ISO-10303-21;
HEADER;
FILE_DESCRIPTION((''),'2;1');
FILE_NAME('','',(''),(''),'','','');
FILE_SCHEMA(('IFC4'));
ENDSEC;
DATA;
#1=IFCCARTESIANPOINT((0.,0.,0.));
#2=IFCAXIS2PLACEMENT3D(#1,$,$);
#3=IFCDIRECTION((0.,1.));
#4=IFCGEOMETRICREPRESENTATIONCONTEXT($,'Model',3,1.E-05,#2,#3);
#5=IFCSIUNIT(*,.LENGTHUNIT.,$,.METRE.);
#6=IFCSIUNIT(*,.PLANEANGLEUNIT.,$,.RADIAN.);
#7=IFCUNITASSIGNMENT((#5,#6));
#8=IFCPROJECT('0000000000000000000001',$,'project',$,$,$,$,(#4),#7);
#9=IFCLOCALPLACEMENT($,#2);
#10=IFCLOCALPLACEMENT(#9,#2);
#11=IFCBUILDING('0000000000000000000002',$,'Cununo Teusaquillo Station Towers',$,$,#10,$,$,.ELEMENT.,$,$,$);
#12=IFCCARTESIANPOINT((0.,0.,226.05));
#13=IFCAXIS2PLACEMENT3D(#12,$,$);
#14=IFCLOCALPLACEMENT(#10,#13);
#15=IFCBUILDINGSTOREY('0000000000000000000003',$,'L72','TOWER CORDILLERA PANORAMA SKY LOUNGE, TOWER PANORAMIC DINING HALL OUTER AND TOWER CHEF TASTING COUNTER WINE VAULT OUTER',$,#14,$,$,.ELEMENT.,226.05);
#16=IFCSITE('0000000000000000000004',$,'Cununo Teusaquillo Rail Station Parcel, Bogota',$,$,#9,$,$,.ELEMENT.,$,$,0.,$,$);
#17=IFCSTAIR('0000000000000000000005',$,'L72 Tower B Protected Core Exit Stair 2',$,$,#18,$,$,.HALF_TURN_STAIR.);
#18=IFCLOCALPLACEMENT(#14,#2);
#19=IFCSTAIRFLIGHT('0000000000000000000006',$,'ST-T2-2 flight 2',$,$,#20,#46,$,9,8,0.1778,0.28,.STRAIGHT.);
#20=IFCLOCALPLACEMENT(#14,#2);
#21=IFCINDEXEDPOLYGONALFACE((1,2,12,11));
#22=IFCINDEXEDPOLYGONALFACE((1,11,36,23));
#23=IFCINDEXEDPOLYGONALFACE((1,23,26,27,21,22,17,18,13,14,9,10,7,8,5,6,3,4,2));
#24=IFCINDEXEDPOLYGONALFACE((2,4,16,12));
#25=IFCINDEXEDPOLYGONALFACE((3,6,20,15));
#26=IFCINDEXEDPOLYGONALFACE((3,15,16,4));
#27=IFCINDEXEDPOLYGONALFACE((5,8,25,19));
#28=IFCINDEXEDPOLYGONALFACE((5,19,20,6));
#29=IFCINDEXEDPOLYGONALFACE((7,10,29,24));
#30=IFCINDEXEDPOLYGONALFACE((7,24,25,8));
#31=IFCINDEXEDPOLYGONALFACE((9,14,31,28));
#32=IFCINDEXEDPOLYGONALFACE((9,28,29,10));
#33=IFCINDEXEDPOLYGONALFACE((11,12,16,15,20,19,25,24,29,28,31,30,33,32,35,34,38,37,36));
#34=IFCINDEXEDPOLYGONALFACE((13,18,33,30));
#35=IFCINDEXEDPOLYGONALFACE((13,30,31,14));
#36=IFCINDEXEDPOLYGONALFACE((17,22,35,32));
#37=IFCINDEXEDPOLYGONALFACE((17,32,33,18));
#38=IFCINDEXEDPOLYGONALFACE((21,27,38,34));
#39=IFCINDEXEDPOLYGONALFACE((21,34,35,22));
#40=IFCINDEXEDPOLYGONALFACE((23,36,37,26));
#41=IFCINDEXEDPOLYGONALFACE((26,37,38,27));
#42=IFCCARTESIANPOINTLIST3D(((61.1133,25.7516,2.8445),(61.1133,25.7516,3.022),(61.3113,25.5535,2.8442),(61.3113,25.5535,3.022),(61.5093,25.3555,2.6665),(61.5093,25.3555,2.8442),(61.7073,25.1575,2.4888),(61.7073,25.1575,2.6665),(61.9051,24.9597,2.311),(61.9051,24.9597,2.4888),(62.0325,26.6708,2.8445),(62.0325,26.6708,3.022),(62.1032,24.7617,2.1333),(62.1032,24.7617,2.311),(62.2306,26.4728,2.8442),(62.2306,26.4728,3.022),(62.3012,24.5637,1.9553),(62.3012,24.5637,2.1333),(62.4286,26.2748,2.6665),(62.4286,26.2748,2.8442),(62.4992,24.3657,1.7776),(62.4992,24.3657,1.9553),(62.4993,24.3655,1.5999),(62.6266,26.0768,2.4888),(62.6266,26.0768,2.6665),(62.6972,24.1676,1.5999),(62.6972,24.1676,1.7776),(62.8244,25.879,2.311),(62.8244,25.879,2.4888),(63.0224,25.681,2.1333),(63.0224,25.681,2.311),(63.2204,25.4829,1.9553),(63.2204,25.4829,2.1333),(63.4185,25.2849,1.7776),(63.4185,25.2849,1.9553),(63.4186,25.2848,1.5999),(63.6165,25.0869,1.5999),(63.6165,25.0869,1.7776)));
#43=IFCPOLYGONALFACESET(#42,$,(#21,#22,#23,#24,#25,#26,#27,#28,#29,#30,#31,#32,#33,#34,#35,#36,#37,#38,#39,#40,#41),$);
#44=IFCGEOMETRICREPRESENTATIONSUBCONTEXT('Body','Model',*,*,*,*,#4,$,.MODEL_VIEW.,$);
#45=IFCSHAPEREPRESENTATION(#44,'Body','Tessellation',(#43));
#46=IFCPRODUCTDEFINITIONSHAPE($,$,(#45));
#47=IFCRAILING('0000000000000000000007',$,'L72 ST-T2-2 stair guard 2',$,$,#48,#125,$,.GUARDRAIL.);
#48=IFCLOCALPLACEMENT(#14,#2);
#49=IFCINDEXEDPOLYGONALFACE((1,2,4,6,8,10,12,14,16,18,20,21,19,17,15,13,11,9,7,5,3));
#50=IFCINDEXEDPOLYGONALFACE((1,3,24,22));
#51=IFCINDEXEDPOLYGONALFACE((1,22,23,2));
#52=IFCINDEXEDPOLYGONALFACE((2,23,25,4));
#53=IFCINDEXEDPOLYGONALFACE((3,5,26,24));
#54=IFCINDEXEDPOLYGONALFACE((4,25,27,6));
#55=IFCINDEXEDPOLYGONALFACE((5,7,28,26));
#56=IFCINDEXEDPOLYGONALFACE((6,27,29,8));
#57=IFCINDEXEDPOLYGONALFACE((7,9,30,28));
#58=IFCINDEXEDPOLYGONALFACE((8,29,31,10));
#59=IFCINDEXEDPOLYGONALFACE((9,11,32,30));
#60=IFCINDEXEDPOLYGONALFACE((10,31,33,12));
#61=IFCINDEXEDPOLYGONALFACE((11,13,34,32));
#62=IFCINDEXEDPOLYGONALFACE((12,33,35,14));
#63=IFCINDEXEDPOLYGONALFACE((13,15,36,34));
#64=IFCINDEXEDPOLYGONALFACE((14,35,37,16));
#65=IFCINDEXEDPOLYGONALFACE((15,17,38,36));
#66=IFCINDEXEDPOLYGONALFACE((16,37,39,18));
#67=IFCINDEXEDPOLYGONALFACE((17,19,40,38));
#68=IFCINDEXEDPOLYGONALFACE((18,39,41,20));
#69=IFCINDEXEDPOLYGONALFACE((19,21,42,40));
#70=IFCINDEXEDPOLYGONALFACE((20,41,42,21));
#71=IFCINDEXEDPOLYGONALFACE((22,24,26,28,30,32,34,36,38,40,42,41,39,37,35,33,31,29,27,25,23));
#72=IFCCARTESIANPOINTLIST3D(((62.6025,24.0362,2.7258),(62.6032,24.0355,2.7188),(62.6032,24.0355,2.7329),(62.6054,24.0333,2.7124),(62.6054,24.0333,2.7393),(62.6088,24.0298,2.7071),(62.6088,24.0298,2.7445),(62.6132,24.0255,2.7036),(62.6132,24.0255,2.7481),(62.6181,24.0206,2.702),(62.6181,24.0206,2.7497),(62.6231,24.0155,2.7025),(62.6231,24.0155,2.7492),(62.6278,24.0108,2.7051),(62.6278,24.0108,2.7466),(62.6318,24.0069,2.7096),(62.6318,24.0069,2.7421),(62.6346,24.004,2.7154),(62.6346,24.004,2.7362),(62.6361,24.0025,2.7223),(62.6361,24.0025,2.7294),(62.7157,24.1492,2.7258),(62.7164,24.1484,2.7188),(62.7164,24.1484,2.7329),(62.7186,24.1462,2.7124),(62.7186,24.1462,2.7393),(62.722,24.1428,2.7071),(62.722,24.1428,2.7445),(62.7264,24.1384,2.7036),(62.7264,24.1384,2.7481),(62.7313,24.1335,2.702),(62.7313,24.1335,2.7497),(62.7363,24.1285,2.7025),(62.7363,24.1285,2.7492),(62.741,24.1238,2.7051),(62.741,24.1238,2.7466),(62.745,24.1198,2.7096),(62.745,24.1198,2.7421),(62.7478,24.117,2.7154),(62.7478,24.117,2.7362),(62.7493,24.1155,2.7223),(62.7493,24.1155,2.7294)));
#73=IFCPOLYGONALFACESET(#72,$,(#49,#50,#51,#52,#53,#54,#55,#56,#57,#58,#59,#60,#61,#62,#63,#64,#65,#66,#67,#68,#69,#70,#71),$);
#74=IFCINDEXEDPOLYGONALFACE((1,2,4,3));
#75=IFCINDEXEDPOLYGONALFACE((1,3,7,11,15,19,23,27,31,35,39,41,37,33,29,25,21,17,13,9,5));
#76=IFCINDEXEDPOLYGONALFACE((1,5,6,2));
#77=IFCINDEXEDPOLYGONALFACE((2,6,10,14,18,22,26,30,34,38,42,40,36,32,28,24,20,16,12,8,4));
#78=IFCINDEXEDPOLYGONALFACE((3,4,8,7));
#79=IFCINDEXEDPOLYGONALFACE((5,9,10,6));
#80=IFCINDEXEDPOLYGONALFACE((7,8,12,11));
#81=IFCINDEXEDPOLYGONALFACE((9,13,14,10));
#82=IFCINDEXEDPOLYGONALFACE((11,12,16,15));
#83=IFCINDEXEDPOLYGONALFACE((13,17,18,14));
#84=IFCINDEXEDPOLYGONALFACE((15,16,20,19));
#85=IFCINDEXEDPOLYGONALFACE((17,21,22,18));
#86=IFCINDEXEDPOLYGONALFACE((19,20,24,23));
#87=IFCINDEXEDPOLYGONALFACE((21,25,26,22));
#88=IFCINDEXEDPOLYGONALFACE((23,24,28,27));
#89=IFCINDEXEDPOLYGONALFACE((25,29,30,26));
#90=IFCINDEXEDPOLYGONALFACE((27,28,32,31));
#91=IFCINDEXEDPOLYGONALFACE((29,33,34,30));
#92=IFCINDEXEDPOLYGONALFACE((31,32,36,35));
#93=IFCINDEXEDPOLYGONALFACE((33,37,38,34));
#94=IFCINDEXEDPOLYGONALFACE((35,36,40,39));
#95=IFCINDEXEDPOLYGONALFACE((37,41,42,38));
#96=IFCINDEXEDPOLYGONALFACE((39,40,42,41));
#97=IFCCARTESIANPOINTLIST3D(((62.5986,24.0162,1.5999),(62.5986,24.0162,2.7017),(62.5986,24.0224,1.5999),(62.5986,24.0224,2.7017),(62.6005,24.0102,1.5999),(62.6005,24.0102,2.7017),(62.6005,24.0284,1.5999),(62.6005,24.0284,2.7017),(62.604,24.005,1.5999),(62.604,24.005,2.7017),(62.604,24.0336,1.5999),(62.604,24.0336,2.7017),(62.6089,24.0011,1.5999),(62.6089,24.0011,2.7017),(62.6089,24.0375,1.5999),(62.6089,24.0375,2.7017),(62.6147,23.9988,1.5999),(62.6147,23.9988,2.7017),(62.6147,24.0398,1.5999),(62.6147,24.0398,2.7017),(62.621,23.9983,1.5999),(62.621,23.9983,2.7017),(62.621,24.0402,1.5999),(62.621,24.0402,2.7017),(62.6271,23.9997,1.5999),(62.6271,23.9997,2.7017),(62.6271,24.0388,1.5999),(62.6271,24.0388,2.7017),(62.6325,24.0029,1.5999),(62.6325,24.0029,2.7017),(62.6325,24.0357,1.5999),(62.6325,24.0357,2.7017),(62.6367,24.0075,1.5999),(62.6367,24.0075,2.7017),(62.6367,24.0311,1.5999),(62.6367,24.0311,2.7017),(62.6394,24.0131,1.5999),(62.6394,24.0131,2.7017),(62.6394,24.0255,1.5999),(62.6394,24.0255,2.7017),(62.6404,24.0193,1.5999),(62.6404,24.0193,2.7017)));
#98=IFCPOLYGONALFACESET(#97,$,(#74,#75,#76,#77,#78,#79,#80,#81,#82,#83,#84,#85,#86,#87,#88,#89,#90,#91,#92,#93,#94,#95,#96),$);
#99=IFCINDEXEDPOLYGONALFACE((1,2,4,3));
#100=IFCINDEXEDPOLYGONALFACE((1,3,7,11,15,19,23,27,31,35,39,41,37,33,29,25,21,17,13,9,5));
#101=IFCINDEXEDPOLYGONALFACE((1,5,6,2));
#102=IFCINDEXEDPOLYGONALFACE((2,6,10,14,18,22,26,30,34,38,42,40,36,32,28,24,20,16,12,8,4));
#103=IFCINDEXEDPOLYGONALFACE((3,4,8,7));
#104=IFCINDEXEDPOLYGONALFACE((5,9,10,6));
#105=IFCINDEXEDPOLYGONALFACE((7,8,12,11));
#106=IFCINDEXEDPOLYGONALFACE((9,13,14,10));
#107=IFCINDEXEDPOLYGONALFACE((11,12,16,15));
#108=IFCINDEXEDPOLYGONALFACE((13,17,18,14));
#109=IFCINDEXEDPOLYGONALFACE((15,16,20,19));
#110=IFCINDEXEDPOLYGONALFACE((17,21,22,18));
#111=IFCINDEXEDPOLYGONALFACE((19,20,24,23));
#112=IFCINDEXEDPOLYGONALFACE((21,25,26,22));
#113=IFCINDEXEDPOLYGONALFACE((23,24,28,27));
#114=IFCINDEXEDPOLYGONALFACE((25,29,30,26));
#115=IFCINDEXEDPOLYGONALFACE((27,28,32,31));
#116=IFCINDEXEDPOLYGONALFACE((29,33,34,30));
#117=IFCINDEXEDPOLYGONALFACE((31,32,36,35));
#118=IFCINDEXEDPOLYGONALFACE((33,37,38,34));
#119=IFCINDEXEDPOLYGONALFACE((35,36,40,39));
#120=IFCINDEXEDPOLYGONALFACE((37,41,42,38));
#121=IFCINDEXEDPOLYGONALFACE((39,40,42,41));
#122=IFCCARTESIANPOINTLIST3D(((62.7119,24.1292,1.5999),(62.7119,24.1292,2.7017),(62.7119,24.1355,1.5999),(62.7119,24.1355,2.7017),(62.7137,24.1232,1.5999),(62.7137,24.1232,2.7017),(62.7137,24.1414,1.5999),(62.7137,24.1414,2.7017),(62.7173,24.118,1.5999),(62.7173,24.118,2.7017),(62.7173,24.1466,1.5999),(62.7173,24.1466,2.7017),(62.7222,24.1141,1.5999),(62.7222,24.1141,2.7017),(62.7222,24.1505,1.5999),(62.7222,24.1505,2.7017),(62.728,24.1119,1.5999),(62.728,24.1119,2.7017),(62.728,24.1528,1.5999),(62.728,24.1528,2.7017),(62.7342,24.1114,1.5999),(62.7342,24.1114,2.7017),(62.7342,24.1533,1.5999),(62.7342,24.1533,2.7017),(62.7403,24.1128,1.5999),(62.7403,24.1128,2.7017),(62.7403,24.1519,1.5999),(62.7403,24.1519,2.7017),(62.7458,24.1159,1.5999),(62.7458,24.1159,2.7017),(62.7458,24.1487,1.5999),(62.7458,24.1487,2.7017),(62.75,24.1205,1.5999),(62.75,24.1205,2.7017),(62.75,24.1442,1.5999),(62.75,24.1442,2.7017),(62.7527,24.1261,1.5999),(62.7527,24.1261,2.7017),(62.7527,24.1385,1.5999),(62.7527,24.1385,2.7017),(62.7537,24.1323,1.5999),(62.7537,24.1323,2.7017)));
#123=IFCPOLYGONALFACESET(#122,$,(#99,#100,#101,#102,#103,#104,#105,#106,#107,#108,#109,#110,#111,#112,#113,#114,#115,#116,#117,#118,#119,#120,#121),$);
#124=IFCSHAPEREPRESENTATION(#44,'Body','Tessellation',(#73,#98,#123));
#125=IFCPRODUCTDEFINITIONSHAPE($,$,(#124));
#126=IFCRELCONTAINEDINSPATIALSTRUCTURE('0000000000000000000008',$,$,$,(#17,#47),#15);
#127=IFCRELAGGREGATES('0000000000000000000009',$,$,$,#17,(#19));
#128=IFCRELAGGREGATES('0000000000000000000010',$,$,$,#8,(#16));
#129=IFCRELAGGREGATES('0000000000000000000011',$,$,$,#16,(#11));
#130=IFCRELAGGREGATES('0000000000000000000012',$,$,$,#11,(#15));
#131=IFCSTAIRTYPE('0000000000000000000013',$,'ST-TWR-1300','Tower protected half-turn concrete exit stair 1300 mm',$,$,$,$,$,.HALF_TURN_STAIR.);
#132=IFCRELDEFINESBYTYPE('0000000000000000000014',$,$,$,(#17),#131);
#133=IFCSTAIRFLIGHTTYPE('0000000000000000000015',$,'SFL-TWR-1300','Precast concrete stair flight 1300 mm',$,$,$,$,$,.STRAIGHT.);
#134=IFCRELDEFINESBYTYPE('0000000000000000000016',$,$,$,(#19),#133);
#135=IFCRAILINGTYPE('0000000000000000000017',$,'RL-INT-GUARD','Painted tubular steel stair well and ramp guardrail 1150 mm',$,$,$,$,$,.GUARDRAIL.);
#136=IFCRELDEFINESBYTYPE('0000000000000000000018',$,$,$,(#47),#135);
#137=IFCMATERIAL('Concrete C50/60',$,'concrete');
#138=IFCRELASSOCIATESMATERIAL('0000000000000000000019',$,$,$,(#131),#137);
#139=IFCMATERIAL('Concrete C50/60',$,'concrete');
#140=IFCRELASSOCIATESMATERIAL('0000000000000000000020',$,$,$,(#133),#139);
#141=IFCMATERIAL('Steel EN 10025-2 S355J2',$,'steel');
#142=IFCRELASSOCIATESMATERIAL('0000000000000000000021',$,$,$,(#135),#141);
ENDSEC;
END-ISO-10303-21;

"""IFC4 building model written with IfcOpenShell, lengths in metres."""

from ifc_helpers import new_model, si_unit, direction, frame, origin, origin_2d, place, context, subcontext, project, spatial, polyline, circle, outline, extrude, material, type_object, element, aggregate, save


model = new_model("IFC4")

# Units and contexts
model_context = context("Model", 3, precision=1e-05, world=origin(), true_north=direction((0.0, 1.0)))
body_context = subcontext(model_context, "Body", "Model", "MODEL_VIEW")
ifc_project = project(units=[si_unit("LENGTHUNIT", "METRE"), si_unit("PLANEANGLEUNIT", "RADIAN")], contexts=[model_context])

# Site, building, storey
site_placement = place(None, origin())
site = spatial("IfcSite", under=ifc_project, at=site_placement, Name="Cununo Teusaquillo Rail Station Parcel, Bogota", CompositionType="ELEMENT", RefElevation=0.0)
building_placement = place(site_placement, origin())
building = spatial("IfcBuilding", under=site, at=building_placement, Name="Cununo Teusaquillo Station Towers", CompositionType="ELEMENT")
storey_placement = place(building_placement, frame((0.0, 0.0, 226.05)))
storey = spatial("IfcBuildingStorey", under=building, at=storey_placement, Name="L72", Description="TOWER CORDILLERA PANORAMA SKY LOUNGE, TOWER PANORAMIC DINING HALL OUTER AND TOWER CHEF TASTING COUNTER WINE VAULT OUTER", CompositionType="ELEMENT", Elevation=226.05)

# Stair, stair flight
ifc_material_1 = material(Name="Concrete C50/60", Category="concrete")
stair_type = type_object("IfcStairType", Name="ST-TWR-1300", Description="Tower protected half-turn concrete exit stair 1300 mm", PredefinedType="HALF_TURN_STAIR", material=ifc_material_1)
stair_placement = place(storey_placement, origin())
stair = element("IfcStair", 1, at=stair_placement, inside=storey, type_object=stair_type, Name="L72 Tower B Protected Core Exit Stair 2", PredefinedType="HALF_TURN_STAIR")
ifc_material_2 = material(Name="Concrete C50/60", Category="concrete")
stair_flight_type = type_object("IfcStairFlightType", Name="SFL-TWR-1300", Description="Precast concrete stair flight 1300 mm", PredefinedType="STRAIGHT", material=ifc_material_2)
stair_flight_placement = place(storey_placement, frame((63.1567, 24.6272, 1.5999), z_axis=(0.0, 0.0, 1.0), x_axis=(-0.707107, 0.707107, 0.0)))
stair_flight = element("IfcStairFlight", 2, at=stair_flight_placement, type_object=stair_flight_type, Name="ST-T2-2 flight 2", NumberOfRisers=9, NumberOfTreads=8, PredefinedType="STRAIGHT", RiserHeight=0.1778, TreadLength=0.28, context=body_context, shape_type="SweptSolid", body=[
    extrude(outline(polyline([(0.0, 0.0), (0.0, 0.1777), (0.28, 0.1777), (0.28, 0.3555), (0.5601, 0.3555), (0.5601, 0.5334), (0.8401, 0.5334), (0.8401, 0.7112), (1.1201, 0.7112), (1.1201, 0.8889), (1.3999, 0.8889), (1.3999, 1.0667), (1.6799, 1.0667), (1.6799, 1.2444), (1.96, 1.2444), (1.96, 1.4221), (2.24, 1.4221), (2.24, 1.6001), (2.24, 1.2446), (0.2798, 0.0), (0.0, 0.0)])), frame((0.0, 0.6499, 0.0), z_axis=(0.0, -1.0, 0.0), x_axis=(1.0, 0.0, 0.0)), (0.0, 0.0, 1.0), 1.3),
])
aggregate(stair, [stair_flight])

# Railing
ifc_material_3 = material(Name="Steel EN 10025-2 S355J2", Category="steel")
railing_type_1 = type_object("IfcRailingType", Name="RL-INT-GUARD", Description="Painted tubular steel stair well and ramp guardrail 1150 mm", PredefinedType="GUARDRAIL", material=ifc_material_3)
railing_1_placement = place(storey_placement, frame((62.6194, 24.0193, 1.5999)))
element("IfcRailing", 3, at=railing_1_placement, inside=storey, type_object=railing_type_1, Name="L72 ST-T2-2 stair guard 2", PredefinedType="GUARDRAIL", context=body_context, shape_type="SweptSolid", body=[
    extrude(circle(Radius=0.0239, at=origin_2d()), frame((0.0, 0.0, 1.126), z_axis=(0.707869, 0.706344, 0.0), x_axis=(-0.706344, 0.707869, 0.0)), (0.0, 0.0, 1.0), 0.1599),
    extrude(circle(Radius=0.021, at=origin_2d()), origin(), (0.0, 0.0, 1.0), 1.1018),
    extrude(circle(Radius=0.021, at=origin_2d()), frame((0.1133, 0.113, 0.0)), (0.0, 0.0, 1.0), 1.1018),
])

save(model, "model.ifc")
